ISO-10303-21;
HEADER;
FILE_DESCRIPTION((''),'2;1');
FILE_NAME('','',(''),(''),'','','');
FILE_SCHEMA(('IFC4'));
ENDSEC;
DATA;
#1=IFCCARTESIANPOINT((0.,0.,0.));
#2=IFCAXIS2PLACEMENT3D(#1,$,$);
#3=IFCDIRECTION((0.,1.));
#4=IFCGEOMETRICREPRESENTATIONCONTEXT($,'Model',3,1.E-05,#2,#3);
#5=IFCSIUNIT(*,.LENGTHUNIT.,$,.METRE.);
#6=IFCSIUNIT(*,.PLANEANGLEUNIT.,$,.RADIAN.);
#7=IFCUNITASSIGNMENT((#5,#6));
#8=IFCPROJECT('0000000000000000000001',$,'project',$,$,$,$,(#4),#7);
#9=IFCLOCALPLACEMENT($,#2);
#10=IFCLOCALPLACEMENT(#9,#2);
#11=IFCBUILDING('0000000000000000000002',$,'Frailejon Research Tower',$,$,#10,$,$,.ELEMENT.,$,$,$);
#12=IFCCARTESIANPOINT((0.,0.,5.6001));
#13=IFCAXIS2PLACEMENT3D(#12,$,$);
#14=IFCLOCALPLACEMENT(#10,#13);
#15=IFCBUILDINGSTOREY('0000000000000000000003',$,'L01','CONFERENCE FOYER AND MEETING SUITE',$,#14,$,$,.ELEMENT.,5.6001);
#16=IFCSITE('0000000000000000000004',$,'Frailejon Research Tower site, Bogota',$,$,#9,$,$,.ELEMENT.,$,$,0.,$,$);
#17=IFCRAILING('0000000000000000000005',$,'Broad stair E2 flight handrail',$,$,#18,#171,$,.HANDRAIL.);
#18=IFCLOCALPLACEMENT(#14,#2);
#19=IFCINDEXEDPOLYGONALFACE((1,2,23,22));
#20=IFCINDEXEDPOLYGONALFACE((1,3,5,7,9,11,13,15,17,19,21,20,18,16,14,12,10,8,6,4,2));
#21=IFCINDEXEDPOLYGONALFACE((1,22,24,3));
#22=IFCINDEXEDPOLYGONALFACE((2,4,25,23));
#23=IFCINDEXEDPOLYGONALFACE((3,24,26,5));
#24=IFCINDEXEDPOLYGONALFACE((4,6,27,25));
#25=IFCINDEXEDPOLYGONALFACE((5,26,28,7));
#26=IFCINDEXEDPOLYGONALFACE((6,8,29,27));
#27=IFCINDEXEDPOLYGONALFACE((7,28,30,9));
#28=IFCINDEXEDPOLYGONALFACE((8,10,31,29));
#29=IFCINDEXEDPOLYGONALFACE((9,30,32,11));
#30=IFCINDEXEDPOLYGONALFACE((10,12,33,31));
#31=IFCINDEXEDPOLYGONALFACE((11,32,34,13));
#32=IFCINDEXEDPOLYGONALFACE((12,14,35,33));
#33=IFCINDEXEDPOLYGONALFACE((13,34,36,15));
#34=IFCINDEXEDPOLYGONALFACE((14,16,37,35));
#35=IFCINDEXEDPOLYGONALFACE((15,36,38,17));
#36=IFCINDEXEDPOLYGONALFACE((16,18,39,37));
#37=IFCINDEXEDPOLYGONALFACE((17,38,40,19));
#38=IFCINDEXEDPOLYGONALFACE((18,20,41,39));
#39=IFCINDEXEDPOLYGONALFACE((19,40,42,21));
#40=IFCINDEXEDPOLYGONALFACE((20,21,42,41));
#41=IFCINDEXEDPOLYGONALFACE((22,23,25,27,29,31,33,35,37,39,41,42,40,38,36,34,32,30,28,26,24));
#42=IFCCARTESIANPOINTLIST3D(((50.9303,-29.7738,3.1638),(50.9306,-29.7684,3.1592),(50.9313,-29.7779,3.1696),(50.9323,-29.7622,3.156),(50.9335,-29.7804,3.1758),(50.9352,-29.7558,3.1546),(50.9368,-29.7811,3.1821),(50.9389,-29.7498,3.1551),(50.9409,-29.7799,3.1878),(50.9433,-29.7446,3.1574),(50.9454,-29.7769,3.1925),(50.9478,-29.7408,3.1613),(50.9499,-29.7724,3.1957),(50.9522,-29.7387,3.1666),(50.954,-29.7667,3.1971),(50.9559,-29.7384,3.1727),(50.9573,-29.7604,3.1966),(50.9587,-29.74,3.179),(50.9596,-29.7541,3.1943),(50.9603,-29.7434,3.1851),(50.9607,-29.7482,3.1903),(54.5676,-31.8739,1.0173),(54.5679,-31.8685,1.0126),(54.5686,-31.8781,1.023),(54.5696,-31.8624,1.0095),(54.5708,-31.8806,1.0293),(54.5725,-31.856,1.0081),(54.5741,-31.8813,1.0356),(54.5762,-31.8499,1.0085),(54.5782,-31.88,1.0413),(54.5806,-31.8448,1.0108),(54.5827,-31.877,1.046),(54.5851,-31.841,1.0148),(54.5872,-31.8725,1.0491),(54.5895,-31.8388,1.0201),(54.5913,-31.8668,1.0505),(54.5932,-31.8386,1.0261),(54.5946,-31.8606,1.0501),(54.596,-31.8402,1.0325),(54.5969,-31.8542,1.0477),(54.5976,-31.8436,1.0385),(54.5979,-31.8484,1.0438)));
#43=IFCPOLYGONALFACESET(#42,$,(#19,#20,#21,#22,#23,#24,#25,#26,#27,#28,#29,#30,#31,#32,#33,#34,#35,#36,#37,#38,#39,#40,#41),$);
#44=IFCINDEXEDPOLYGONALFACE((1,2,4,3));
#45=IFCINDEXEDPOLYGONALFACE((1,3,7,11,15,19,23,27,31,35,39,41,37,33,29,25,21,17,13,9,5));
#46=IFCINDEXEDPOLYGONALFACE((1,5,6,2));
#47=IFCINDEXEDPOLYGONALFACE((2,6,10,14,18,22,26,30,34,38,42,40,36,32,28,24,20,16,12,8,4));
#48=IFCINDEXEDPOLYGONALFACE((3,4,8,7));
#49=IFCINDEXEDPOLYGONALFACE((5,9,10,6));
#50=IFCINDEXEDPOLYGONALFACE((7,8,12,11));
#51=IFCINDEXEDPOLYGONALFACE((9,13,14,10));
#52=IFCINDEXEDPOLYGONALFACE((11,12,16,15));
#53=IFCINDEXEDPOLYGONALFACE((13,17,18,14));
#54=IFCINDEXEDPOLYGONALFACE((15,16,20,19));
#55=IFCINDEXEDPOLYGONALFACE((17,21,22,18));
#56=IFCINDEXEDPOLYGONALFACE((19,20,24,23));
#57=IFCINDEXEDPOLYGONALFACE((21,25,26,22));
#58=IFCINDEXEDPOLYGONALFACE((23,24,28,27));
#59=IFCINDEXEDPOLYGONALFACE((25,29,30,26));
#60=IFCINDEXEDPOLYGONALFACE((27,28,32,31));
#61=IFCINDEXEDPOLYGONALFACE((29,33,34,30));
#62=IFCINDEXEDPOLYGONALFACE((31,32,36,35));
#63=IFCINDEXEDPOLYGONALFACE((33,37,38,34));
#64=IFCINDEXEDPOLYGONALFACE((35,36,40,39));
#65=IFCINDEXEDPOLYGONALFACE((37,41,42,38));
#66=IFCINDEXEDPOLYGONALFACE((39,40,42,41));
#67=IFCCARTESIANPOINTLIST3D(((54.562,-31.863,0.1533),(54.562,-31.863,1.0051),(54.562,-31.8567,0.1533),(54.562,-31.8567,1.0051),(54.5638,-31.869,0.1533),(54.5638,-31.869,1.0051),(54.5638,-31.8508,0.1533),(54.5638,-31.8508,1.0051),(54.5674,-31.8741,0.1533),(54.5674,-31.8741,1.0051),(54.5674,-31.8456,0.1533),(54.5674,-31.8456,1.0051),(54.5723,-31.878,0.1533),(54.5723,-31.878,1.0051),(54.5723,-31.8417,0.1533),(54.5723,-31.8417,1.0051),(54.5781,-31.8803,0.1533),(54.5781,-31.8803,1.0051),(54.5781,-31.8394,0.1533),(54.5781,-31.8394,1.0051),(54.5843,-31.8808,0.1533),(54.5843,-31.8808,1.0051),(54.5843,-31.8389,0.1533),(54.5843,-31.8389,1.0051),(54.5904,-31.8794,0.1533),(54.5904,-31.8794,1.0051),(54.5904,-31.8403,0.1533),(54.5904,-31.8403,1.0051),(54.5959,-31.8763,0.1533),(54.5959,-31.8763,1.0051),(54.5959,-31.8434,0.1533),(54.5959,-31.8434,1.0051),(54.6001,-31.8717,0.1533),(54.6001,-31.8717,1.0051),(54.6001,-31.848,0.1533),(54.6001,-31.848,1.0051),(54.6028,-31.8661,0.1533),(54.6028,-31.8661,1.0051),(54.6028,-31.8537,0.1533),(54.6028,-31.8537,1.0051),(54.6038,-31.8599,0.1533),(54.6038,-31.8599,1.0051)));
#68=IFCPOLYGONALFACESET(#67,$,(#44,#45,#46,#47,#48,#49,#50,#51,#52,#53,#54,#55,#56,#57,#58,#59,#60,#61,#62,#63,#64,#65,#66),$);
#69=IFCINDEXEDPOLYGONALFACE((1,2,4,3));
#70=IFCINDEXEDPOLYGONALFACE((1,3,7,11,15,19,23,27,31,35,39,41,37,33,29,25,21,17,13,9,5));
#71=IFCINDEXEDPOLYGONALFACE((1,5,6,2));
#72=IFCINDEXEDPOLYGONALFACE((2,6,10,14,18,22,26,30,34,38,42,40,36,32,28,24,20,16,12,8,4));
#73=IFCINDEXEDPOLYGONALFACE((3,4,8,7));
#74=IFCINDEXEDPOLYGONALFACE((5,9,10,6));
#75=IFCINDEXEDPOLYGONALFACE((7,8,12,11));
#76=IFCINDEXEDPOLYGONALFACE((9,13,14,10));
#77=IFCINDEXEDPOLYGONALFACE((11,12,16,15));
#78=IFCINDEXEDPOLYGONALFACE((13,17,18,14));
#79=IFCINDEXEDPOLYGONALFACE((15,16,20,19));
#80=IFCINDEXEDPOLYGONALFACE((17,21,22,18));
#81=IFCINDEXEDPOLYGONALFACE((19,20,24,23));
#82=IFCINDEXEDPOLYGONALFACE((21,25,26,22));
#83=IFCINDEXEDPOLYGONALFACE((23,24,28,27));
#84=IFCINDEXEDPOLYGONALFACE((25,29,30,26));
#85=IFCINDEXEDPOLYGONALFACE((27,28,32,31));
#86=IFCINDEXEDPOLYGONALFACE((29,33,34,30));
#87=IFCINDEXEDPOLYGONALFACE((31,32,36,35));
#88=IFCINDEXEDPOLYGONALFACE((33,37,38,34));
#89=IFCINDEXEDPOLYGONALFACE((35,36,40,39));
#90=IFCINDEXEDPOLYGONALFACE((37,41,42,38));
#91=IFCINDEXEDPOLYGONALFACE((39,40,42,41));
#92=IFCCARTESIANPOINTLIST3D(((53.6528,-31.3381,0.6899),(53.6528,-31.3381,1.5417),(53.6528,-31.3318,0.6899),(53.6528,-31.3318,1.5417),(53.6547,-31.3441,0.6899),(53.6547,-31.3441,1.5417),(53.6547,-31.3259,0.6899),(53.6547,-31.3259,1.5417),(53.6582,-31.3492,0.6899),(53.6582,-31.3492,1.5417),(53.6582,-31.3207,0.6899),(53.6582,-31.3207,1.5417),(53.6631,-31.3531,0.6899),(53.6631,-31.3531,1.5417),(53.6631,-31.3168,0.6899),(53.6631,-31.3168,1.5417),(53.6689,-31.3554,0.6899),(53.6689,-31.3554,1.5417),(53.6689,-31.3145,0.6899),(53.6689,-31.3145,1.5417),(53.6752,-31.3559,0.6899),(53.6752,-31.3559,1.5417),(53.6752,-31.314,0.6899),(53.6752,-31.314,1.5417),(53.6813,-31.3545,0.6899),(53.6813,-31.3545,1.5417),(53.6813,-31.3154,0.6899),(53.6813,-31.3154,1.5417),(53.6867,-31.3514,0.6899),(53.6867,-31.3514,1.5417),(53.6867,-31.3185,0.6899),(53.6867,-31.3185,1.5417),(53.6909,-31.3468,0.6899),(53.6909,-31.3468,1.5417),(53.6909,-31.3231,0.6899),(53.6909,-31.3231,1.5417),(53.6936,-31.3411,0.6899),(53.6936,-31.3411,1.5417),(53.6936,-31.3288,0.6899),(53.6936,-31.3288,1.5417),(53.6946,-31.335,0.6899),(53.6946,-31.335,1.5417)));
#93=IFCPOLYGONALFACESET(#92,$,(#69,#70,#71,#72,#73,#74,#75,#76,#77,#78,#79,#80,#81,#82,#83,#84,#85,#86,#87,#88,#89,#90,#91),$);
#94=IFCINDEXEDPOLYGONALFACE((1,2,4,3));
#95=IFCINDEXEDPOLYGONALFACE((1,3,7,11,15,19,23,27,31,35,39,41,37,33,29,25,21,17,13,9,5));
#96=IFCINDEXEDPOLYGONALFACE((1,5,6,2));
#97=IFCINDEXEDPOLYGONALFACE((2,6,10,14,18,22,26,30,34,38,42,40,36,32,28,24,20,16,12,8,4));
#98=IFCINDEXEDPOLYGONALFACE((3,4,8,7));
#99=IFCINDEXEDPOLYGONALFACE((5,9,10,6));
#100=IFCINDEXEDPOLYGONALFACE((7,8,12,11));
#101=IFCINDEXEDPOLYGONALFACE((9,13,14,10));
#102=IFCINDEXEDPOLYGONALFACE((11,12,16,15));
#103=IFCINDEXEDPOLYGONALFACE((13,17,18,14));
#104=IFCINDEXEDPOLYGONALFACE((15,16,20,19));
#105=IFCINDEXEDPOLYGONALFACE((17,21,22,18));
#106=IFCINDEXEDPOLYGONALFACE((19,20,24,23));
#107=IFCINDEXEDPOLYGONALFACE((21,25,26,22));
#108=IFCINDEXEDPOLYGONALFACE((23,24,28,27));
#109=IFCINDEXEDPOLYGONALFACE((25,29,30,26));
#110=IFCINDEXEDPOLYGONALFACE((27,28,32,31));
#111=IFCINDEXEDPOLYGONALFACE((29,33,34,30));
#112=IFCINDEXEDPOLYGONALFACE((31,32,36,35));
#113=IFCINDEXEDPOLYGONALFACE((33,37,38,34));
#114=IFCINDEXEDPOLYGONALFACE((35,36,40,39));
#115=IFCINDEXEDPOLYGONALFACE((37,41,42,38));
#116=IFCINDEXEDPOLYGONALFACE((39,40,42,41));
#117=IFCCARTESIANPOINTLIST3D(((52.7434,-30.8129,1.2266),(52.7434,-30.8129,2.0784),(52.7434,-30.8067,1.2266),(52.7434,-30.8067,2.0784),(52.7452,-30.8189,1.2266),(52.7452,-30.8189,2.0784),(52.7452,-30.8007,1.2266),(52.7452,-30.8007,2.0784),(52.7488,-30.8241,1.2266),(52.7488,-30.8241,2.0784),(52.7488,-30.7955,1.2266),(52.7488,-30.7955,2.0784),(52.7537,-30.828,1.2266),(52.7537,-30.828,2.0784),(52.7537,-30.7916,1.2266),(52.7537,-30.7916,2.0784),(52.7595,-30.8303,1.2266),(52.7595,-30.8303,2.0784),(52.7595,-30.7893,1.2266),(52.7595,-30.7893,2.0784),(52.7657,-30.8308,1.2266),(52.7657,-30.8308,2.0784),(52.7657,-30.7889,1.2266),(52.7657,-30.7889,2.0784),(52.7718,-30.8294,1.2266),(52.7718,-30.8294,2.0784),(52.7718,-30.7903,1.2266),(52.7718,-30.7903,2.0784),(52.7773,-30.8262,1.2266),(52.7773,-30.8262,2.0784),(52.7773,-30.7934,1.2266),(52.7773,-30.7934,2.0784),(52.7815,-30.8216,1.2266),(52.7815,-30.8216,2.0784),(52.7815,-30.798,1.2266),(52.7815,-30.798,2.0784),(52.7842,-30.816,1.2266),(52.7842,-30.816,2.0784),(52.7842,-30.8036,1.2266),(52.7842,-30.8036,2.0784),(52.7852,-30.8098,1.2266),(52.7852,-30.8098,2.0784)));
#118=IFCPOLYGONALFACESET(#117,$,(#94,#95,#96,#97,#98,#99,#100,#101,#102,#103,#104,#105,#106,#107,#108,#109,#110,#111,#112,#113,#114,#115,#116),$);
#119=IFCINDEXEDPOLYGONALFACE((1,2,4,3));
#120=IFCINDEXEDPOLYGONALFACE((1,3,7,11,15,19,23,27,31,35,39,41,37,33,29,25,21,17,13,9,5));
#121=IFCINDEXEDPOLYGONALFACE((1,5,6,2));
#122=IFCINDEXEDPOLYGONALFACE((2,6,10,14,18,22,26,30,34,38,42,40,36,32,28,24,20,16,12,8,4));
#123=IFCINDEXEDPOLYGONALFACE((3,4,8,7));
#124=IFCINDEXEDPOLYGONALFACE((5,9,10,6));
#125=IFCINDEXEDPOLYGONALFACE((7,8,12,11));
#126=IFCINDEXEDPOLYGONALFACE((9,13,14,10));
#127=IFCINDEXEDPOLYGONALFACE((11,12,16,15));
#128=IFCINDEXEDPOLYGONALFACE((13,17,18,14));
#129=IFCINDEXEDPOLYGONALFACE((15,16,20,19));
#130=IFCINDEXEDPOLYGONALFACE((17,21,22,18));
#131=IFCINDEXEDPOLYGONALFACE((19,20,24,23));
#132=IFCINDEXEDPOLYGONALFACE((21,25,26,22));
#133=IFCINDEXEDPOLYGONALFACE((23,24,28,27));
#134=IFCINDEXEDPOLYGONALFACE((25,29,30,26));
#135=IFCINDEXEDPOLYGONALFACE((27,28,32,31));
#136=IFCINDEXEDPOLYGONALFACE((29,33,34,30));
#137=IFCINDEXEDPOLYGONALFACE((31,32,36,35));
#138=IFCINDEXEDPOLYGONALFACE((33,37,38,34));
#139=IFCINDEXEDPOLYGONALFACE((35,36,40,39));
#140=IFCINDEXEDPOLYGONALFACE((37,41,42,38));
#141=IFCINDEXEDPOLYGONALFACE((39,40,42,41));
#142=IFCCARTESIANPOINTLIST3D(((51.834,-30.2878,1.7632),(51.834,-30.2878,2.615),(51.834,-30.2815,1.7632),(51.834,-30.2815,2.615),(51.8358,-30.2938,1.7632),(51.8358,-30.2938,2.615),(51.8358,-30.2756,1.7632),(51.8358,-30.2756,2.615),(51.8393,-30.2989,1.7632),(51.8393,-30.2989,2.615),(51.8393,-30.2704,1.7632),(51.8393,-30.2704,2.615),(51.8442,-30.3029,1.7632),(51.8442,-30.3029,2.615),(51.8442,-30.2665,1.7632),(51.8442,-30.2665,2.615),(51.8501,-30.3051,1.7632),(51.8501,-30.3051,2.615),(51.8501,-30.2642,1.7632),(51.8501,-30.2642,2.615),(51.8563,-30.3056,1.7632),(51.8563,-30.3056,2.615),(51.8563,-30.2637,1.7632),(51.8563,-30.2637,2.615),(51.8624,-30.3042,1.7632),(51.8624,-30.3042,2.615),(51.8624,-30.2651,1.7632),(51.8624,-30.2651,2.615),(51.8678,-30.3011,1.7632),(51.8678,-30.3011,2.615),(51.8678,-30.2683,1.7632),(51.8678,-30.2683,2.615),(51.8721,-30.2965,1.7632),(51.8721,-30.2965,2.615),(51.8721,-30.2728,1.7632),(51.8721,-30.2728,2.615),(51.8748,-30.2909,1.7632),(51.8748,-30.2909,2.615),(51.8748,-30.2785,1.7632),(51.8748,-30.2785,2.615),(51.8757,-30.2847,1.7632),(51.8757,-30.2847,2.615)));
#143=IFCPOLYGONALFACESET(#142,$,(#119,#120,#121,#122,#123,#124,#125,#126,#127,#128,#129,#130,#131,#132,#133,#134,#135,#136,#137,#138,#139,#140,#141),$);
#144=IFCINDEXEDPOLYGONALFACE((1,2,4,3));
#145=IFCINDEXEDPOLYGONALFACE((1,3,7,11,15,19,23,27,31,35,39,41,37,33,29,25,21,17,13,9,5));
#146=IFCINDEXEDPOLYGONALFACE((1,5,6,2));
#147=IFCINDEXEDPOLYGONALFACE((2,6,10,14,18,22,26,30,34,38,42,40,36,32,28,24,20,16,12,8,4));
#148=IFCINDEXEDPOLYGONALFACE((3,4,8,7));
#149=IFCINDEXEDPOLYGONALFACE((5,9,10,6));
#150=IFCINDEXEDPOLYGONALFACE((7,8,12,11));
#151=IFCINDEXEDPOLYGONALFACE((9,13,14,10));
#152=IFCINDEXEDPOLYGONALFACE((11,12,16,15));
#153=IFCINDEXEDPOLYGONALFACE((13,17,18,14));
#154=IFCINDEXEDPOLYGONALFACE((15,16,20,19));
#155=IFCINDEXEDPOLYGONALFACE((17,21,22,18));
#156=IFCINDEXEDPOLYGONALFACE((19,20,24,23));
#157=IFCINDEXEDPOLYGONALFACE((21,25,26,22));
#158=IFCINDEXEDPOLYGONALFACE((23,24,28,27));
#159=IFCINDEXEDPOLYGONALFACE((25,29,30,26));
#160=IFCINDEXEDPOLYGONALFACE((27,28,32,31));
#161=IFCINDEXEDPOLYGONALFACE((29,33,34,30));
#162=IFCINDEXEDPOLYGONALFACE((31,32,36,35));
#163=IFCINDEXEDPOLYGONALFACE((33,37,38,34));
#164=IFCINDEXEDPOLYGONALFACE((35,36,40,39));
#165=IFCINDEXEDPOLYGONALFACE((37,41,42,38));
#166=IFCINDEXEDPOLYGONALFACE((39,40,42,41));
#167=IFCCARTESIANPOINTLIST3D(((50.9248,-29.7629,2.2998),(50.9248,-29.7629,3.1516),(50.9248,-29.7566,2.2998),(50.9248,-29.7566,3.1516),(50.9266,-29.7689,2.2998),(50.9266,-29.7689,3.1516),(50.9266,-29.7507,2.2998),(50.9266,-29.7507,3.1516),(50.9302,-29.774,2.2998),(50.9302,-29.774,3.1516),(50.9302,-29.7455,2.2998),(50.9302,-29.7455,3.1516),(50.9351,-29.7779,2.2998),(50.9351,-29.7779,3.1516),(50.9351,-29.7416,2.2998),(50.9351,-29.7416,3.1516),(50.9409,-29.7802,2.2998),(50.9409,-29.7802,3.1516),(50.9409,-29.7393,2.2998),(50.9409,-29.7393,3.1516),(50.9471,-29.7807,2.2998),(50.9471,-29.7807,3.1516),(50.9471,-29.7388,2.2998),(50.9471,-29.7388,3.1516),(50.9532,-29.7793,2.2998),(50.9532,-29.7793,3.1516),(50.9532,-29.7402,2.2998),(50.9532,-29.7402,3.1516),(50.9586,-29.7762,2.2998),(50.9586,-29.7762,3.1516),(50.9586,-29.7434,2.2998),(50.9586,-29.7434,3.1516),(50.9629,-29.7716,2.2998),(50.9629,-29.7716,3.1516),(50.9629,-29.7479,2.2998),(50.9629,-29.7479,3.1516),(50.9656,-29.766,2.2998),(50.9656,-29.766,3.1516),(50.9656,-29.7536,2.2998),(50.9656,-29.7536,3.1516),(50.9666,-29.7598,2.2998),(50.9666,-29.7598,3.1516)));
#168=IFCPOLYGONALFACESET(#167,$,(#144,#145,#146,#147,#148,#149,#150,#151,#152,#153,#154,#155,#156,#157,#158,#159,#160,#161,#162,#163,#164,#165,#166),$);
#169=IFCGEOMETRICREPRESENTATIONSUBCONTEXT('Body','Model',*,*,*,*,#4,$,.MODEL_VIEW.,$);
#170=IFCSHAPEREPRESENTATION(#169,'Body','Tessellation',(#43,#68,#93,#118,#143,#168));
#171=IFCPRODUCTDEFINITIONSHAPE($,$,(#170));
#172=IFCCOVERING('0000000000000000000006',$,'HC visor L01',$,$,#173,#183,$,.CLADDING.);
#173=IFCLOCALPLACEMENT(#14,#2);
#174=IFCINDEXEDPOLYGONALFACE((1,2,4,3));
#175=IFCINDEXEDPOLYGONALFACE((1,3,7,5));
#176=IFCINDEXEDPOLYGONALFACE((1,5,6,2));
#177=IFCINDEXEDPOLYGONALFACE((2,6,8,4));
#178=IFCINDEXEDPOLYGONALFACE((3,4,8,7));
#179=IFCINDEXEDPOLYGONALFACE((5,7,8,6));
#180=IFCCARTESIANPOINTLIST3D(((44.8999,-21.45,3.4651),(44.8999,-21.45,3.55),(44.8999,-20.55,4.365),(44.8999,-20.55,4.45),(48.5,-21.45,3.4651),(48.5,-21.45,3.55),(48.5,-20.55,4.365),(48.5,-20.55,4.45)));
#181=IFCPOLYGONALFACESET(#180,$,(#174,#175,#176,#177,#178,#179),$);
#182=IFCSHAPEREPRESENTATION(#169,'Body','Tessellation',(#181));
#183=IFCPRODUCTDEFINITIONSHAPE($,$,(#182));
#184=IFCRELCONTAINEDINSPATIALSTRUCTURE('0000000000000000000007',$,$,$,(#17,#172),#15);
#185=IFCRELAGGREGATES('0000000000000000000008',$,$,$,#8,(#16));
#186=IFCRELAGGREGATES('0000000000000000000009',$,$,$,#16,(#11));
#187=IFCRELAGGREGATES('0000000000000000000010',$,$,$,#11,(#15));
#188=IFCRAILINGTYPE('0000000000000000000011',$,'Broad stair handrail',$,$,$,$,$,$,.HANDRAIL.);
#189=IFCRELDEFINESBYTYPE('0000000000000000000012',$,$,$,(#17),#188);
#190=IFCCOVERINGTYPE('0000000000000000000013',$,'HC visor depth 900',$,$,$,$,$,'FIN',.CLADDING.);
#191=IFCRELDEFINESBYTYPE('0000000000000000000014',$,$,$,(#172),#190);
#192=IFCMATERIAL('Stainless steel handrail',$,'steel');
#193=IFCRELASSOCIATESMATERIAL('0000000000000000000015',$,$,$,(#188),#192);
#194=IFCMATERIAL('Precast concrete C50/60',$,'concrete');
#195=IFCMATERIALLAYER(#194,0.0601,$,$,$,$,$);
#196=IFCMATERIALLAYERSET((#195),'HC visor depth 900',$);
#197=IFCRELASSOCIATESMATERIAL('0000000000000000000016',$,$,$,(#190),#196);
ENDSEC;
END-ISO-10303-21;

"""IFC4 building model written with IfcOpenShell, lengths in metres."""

from ifc_helpers import new_model, si_unit, direction, frame, origin, origin_2d, place, context, subcontext, project, spatial, polyline, circle, outline, extrude, material, layer, layer_set, type_object, element, save


model = new_model("IFC4")

# Units and contexts
model_context = context("Model", 3, precision=1e-05, world=origin(), true_north=direction((0.0, 1.0)))
body_context = subcontext(model_context, "Body", "Model", "MODEL_VIEW")
ifc_project = project(units=[si_unit("LENGTHUNIT", "METRE"), si_unit("PLANEANGLEUNIT", "RADIAN")], contexts=[model_context])

# Site, building, storey
site_placement = place(None, origin())
site = spatial("IfcSite", under=ifc_project, at=site_placement, Name="Frailejon Research Tower site, Bogota", CompositionType="ELEMENT", RefElevation=0.0)
building_placement = place(site_placement, origin())
building = spatial("IfcBuilding", under=site, at=building_placement, Name="Frailejon Research Tower", CompositionType="ELEMENT")
storey_placement = place(building_placement, frame((0.0, 0.0, 5.6001)))
storey = spatial("IfcBuildingStorey", under=building, at=storey_placement, Name="L01", Description="CONFERENCE FOYER AND MEETING SUITE", CompositionType="ELEMENT", Elevation=5.6001)

# Railing
ifc_material_1 = material(Name="Stainless steel handrail", Category="steel")
railing_type_1 = type_object("IfcRailingType", Name="Broad stair handrail", PredefinedType="HANDRAIL", material=ifc_material_1)
railing_1_placement = place(storey_placement, frame((54.5828, -31.8599, 0.1533)))
element("IfcRailing", 1, at=railing_1_placement, inside=storey, type_object=railing_type_1, Name="Broad stair E2 flight handrail", PredefinedType="HANDRAIL", context=body_context, shape_type="SweptSolid", body=[
    extrude(circle(Radius=0.0239, at=origin_2d()), frame((0.0, 0.0, 0.876), z_axis=(-0.771137, 0.445249, 0.455084), x_axis=(-0.500028, -0.866009, 0.0)), (0.0, 0.0, 1.0), 4.7168),
    extrude(circle(Radius=0.021, at=origin_2d()), origin(), (0.0, 0.0, 1.0), 0.8518),
    extrude(circle(Radius=0.021, at=origin_2d()), frame((-0.9092, 0.5249, 0.5366)), (0.0, 0.0, 1.0), 0.8518),
    extrude(circle(Radius=0.021, at=origin_2d()), frame((-1.8186, 1.05, 1.0732)), (0.0, 0.0, 1.0), 0.8518),
    extrude(circle(Radius=0.021, at=origin_2d()), frame((-2.728, 1.5752, 1.6099)), (0.0, 0.0, 1.0), 0.8518),
    extrude(circle(Radius=0.021, at=origin_2d()), frame((-3.6372, 2.1001, 2.1465)), (0.0, 0.0, 1.0), 0.8518),
])

# Covering
ifc_material_2 = material(Name="Precast concrete C50/60", Category="concrete")
ifc_layer_1 = layer(ifc_material_2, 0.0601)
ifc_layer_set_1 = layer_set([ifc_layer_1], Name="HC visor depth 900")
covering_type = type_object("IfcCoveringType", Name="HC visor depth 900", ElementType="FIN", PredefinedType="CLADDING", material=ifc_layer_set_1)
covering_placement = place(storey_placement, frame((48.5, -20.55, 4.45), z_axis=(-1.0, 0.0, 0.0), x_axis=(0.0, -1.0, 0.0)))
element("IfcCovering", 2, at=covering_placement, inside=storey, type_object=covering_type, Name="HC visor L01", PredefinedType="CLADDING", context=body_context, shape_type="SweptSolid", body=[
    extrude(outline(polyline([(0.0, -0.085), (0.8999, -0.9849), (0.8999, -0.8999), (0.0, 0.0), (0.0, -0.085)])), origin(), (0.0, 0.0, 1.0), 3.6001),
])

save(model, "model.ifc")
